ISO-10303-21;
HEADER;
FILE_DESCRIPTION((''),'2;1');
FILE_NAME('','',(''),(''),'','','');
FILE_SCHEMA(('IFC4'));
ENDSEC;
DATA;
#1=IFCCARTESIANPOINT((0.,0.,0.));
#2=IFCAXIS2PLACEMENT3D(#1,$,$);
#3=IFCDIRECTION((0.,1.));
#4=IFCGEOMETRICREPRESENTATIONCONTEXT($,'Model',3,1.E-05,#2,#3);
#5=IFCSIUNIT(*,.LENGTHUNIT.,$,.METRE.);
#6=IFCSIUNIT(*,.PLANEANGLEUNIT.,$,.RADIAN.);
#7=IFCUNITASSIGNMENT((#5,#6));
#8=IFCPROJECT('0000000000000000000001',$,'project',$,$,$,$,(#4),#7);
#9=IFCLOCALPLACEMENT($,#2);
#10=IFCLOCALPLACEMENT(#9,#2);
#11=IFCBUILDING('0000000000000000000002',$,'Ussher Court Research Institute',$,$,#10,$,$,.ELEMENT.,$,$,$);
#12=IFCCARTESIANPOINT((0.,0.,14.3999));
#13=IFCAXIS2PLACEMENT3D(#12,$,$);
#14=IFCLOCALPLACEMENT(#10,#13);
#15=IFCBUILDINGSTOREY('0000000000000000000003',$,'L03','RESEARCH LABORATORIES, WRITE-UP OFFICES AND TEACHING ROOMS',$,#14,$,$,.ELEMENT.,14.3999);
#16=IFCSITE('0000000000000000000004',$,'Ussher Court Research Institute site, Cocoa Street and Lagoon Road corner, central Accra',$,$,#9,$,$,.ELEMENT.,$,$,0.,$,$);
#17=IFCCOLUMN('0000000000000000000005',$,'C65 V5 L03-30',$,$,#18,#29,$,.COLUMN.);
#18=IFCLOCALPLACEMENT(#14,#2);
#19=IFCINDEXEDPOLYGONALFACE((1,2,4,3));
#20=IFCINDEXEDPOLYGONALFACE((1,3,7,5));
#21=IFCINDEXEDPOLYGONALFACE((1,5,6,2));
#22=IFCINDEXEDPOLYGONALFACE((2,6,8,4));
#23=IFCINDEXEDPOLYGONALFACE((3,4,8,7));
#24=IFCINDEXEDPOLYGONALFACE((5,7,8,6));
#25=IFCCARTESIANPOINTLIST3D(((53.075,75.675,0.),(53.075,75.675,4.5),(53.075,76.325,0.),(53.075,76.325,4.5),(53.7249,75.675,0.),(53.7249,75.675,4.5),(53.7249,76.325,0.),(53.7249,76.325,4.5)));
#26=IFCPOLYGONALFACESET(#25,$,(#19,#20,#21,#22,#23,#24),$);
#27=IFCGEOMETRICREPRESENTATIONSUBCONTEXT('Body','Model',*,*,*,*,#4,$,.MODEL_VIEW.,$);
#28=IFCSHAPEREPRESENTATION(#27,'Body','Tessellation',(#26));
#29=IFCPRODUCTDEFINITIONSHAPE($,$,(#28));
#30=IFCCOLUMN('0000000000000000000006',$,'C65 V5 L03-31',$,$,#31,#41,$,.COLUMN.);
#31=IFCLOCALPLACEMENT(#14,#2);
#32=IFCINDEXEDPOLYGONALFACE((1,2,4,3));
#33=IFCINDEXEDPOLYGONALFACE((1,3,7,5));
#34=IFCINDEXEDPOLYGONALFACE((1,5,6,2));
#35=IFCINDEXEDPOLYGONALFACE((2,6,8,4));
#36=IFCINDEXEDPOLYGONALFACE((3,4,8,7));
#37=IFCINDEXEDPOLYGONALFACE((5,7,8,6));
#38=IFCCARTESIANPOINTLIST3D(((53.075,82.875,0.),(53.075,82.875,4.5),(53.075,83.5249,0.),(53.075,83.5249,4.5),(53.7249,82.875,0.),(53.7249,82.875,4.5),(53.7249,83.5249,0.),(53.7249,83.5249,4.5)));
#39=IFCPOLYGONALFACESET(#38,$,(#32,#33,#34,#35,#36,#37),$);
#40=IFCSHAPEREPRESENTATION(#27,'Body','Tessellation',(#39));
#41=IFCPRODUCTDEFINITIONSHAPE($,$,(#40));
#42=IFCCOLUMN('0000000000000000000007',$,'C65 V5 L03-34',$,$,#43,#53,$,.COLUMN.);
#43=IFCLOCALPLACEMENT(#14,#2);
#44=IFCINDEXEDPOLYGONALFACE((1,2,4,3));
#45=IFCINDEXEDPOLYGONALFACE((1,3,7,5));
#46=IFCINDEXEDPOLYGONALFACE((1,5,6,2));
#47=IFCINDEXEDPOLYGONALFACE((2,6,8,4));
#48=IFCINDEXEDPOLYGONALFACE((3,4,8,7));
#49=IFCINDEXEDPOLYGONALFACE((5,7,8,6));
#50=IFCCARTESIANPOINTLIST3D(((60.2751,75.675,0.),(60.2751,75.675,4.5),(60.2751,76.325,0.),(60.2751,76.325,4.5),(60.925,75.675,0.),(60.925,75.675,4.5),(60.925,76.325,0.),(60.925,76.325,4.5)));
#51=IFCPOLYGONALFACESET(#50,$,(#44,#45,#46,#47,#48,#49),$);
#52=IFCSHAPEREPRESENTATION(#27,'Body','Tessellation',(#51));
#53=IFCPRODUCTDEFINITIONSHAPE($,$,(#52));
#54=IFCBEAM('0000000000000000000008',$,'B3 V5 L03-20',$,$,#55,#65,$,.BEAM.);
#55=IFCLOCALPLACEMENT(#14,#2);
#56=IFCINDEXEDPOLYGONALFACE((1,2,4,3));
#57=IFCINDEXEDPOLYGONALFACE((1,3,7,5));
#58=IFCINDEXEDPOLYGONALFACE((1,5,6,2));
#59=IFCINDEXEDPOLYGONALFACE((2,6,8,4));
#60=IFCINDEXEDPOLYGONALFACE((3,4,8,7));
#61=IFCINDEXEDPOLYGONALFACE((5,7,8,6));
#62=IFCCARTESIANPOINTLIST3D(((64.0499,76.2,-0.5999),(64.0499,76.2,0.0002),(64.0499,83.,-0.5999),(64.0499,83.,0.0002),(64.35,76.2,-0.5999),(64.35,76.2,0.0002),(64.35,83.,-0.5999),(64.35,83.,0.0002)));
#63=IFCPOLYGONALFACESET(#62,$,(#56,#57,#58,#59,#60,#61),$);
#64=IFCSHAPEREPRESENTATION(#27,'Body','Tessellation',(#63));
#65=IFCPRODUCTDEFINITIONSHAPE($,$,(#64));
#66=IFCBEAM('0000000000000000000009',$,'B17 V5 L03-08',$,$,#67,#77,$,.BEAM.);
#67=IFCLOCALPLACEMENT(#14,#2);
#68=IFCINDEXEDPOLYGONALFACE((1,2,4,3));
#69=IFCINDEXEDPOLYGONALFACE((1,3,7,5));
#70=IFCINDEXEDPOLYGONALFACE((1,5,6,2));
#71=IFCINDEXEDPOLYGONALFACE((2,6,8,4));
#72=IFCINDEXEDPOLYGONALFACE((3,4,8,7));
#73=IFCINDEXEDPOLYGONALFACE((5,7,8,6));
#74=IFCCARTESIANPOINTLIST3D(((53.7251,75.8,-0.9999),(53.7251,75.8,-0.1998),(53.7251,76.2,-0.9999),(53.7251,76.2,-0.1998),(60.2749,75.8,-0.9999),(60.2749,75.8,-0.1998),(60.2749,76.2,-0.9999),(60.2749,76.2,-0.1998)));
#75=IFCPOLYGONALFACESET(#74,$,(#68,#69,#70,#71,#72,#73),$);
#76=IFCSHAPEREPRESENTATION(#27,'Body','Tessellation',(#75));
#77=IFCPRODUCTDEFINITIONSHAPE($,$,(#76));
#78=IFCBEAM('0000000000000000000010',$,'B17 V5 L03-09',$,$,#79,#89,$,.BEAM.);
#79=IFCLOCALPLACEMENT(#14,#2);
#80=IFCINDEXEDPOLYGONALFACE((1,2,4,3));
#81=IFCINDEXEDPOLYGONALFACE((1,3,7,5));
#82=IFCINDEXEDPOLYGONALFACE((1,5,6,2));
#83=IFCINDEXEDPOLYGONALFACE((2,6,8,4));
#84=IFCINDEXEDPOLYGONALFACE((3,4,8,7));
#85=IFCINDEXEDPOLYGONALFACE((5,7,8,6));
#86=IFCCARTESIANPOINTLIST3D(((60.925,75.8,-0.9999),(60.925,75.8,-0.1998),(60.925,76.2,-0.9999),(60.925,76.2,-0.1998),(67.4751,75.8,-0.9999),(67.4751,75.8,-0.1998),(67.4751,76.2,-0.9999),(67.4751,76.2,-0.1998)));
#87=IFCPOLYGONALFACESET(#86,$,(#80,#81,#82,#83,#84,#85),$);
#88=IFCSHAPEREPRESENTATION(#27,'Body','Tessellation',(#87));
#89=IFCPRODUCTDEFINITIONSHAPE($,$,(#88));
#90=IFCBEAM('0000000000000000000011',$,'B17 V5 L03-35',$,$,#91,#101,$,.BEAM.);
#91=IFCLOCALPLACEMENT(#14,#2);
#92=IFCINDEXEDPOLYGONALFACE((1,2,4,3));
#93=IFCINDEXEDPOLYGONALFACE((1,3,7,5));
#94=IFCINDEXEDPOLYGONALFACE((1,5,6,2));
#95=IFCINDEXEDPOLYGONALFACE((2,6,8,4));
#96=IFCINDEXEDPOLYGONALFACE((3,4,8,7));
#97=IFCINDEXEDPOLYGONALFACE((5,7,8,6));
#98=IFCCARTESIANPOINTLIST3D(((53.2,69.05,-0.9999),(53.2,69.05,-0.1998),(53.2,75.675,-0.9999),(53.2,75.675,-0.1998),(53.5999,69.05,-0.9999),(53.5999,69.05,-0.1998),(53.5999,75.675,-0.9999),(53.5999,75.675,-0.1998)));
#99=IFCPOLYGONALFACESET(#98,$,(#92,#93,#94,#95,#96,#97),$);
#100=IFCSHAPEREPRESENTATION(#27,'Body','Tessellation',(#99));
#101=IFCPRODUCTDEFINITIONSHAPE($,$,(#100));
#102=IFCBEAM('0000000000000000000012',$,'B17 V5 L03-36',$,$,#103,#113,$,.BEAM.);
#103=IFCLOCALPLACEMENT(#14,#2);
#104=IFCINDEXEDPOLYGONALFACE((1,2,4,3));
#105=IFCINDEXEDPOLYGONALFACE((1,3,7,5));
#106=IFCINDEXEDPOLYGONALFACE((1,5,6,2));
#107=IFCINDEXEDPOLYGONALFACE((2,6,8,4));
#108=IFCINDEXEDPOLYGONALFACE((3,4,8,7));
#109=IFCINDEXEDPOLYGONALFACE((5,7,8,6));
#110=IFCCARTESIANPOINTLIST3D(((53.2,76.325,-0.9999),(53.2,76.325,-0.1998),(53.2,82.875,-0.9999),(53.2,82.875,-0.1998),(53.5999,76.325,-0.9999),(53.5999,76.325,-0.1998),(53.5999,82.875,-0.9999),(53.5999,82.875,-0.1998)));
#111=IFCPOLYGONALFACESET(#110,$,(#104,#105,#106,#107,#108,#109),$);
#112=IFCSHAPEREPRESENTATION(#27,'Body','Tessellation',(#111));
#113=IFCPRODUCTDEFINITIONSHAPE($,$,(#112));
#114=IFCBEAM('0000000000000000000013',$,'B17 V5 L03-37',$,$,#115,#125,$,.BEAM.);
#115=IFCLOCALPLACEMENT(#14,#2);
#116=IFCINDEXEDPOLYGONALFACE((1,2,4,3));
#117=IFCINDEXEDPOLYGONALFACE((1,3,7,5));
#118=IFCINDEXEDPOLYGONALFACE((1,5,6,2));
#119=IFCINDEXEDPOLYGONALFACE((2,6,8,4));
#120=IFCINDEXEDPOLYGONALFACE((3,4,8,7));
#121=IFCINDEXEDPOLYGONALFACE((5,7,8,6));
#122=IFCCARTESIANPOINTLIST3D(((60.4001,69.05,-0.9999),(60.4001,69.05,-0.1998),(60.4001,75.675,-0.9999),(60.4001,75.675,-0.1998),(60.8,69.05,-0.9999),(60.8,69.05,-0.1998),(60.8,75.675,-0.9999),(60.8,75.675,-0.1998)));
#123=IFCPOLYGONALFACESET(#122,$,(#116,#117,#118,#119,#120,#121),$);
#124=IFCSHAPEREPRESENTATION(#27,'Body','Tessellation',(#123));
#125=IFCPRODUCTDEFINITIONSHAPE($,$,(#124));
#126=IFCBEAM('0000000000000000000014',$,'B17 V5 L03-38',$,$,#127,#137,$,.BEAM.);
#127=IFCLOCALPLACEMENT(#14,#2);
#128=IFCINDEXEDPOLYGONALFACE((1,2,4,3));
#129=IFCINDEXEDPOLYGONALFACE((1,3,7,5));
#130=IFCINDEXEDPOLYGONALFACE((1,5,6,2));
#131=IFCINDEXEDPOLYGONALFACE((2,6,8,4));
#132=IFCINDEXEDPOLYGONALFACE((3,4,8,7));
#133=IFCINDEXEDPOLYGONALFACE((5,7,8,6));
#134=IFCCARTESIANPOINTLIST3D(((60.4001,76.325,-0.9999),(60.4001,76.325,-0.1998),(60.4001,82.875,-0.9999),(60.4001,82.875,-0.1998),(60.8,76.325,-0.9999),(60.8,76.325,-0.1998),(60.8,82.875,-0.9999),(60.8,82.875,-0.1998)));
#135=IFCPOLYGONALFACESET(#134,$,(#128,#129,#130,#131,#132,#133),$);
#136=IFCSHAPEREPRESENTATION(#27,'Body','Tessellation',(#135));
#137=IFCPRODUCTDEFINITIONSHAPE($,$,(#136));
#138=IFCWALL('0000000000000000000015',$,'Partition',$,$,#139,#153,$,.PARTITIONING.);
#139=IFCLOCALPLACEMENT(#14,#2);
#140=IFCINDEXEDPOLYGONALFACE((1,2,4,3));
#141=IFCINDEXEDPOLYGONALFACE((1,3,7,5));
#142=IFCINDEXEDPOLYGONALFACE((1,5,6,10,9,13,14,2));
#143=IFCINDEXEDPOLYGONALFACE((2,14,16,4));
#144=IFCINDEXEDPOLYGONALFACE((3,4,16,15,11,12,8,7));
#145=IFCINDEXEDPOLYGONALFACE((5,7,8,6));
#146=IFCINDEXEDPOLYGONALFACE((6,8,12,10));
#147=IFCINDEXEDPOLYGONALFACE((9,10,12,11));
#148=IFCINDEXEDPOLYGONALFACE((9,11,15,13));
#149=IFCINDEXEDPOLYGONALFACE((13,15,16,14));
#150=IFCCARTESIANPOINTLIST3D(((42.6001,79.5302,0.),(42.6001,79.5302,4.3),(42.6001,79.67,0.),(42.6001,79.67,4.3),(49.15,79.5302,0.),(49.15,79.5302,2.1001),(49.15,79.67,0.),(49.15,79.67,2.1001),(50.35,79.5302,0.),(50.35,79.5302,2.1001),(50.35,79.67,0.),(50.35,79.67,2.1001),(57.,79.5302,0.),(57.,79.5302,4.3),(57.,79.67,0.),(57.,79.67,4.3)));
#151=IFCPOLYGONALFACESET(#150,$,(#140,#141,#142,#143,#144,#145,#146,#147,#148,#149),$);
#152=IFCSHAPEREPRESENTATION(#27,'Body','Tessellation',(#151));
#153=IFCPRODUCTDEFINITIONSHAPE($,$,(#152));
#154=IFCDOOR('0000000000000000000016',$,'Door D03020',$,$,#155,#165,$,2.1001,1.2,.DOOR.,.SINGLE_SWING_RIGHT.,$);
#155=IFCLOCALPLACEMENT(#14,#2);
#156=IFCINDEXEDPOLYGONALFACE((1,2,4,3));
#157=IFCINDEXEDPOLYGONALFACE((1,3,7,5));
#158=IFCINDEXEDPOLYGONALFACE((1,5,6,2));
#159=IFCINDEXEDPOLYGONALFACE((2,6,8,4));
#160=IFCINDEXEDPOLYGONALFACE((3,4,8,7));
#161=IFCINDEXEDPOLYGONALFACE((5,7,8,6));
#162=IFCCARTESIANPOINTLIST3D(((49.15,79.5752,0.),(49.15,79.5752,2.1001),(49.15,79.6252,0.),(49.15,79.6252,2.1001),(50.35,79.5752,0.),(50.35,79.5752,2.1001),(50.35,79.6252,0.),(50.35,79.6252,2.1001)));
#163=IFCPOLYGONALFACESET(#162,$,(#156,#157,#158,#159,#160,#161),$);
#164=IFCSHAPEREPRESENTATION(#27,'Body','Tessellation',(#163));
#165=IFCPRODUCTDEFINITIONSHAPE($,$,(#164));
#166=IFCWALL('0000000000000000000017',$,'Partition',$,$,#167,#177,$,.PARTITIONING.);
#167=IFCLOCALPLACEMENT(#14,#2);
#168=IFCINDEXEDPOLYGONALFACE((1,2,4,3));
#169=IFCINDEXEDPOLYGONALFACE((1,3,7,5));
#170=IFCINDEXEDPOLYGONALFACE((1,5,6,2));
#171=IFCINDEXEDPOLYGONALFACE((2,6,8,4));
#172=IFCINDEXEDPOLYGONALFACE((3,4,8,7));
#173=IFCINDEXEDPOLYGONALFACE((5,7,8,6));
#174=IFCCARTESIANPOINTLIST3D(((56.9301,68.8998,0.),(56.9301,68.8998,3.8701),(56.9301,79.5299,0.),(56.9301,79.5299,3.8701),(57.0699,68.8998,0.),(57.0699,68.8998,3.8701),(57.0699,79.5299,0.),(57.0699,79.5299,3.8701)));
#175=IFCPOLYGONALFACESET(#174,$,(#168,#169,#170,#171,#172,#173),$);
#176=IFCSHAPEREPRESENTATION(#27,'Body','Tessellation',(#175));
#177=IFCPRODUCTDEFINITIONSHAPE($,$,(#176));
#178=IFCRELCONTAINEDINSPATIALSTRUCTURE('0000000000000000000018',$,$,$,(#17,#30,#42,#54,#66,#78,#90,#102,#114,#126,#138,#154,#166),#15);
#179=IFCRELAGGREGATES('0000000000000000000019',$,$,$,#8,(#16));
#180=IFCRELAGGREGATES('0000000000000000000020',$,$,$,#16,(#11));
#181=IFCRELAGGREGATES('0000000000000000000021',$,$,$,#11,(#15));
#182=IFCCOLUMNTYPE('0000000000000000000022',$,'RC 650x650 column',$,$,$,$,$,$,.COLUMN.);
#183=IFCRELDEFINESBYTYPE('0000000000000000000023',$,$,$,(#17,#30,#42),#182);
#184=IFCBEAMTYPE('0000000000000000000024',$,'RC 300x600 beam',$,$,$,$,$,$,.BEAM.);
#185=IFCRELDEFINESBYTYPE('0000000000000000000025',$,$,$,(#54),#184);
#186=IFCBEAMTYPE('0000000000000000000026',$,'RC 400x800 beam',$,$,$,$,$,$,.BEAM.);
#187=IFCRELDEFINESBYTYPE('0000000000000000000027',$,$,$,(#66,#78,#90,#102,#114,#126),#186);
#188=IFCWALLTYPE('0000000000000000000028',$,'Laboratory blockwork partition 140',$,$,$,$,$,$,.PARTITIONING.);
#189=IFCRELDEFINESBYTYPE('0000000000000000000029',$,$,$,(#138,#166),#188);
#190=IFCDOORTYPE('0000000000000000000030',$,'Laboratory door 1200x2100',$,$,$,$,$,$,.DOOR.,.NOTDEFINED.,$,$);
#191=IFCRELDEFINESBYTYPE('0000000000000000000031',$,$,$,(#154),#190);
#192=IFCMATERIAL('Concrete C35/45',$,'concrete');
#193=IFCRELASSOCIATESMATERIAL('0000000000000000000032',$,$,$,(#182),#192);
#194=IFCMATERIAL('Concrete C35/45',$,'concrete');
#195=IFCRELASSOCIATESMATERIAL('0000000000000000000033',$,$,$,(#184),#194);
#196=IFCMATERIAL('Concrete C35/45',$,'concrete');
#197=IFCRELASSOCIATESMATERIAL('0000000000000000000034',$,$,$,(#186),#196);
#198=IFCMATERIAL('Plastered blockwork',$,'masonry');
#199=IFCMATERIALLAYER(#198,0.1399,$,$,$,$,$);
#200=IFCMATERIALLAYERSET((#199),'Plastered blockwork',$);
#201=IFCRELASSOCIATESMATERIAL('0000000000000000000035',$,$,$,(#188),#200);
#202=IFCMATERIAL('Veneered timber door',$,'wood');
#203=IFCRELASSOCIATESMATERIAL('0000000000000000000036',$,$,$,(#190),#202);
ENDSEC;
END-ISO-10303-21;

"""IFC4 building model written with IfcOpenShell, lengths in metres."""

from ifc_helpers import new_model, si_unit, direction, frame, frame_2d, origin, origin_2d, place, context, subcontext, project, spatial, rectangle, extrude, material, layer, layer_set, material_profile, profile_set, type_object, element, fill, save


model = new_model("IFC4")

# Units and contexts
model_context = context("Model", 3, precision=1e-05, world=origin(), true_north=direction((0.0, 1.0)))
body_context = subcontext(model_context, "Body", "Model", "MODEL_VIEW")
ifc_project = project(units=[si_unit("LENGTHUNIT", "METRE"), si_unit("PLANEANGLEUNIT", "RADIAN")], contexts=[model_context])

# Site, building, storey
site_placement = place(None, origin())
site = spatial("IfcSite", under=ifc_project, at=site_placement, Name="Ussher Court Research Institute site, Cocoa Street and Lagoon Road corner, central Accra", CompositionType="ELEMENT", RefElevation=0.0)
building_placement = place(site_placement, origin())
building = spatial("IfcBuilding", under=site, at=building_placement, Name="Ussher Court Research Institute", CompositionType="ELEMENT")
storey_placement = place(building_placement, frame((0.0, 0.0, 14.3999)))
storey = spatial("IfcBuildingStorey", under=building, at=storey_placement, Name="L03", Description="RESEARCH LABORATORIES, WRITE-UP OFFICES AND TEACHING ROOMS", CompositionType="ELEMENT", Elevation=14.3999)

# Columns
ifc_material_1 = material(Name="Concrete C35/45", Category="concrete")
ifc_material_profile_1 = material_profile(ifc_material_1, rectangle(XDim=0.6499, YDim=0.6499, at=origin_2d()), Name="RC 650x650")
ifc_profile_set_1 = profile_set([ifc_material_profile_1], Name="Concrete C35/45")
column_type = type_object("IfcColumnType", Name="RC 650x650 column", PredefinedType="COLUMN", material=ifc_profile_set_1)
for number, where, z_axis, x_axis, name in (
    (1, (53.3999, 76.0, 0.0), (0.0, 0.0, 1.0), (1.0, 0.0, 0.0), "C65 V5 L03-30"),
    (2, (53.3999, 83.2, 0.0), (0.0, 0.0, 1.0), (1.0, 0.0, 0.0), "C65 V5 L03-31"),
    (3, (60.6001, 76.0, 0.0), (0.0, 0.0, 1.0), (1.0, 0.0, 0.0), "C65 V5 L03-34"),
):
    element("IfcColumn", number, at=place(storey_placement, frame(where, z_axis=z_axis, x_axis=x_axis)), inside=storey, type_object=column_type, Name=name, PredefinedType="COLUMN", context=body_context, shape_type="SweptSolid", body=[
        extrude(rectangle(XDim=0.6499, YDim=0.6499, at=origin_2d()), origin(), (0.0, 0.0, 1.0), 4.5),
    ])

# Beams
ifc_material_2 = material(Name="Concrete C35/45", Category="concrete")
ifc_material_profile_2 = material_profile(ifc_material_2, rectangle(XDim=0.3, YDim=0.6001, at=origin_2d()), Name="RC 300x600")
ifc_profile_set_2 = profile_set([ifc_material_profile_2], Name="Concrete C35/45")
beam_type_1 = type_object("IfcBeamType", Name="RC 300x600 beam", PredefinedType="BEAM", material=ifc_profile_set_2)
beam_1_placement = place(storey_placement, frame((64.2, 76.2, -0.2998), z_axis=(0.0, 1.0, 0.0), x_axis=(-1.0, 0.0, 0.0)))
element("IfcBeam", 4, at=beam_1_placement, inside=storey, type_object=beam_type_1, Name="B3 V5 L03-20", PredefinedType="BEAM", context=body_context, shape_type="SweptSolid", body=[
    extrude(rectangle(XDim=0.3, YDim=0.6001, at=origin_2d()), origin(), (0.0, 0.0, 1.0), 6.8),
])
ifc_material_3 = material(Name="Concrete C35/45", Category="concrete")
ifc_material_profile_3 = material_profile(ifc_material_3, rectangle(XDim=0.3999, YDim=0.8, at=origin_2d()), Name="RC 400x800")
ifc_profile_set_3 = profile_set([ifc_material_profile_3], Name="Concrete C35/45")
beam_type_2 = type_object("IfcBeamType", Name="RC 400x800 beam", PredefinedType="BEAM", material=ifc_profile_set_3)
beam_2_placement = place(storey_placement, frame((53.7251, 76.0, -0.5999), z_axis=(1.0, 0.0, 0.0), x_axis=(0.0, 1.0, 0.0)))
element("IfcBeam", 5, at=beam_2_placement, inside=storey, type_object=beam_type_2, Name="B17 V5 L03-08", PredefinedType="BEAM", context=body_context, shape_type="SweptSolid", body=[
    extrude(rectangle(XDim=0.3999, YDim=0.8, at=origin_2d()), origin(), (0.0, 0.0, 1.0), 6.5498),
])
beam_3_placement = place(storey_placement, frame((60.925, 76.0, -0.5999), z_axis=(1.0, 0.0, 0.0), x_axis=(0.0, 1.0, 0.0)))
element("IfcBeam", 6, at=beam_3_placement, inside=storey, type_object=beam_type_2, Name="B17 V5 L03-09", PredefinedType="BEAM", context=body_context, shape_type="SweptSolid", body=[
    extrude(rectangle(XDim=0.3999, YDim=0.8, at=origin_2d()), origin(), (0.0, 0.0, 1.0), 6.55),
])
beam_4_placement = place(storey_placement, frame((53.3999, 69.05, -0.5999), z_axis=(0.0, 1.0, 0.0), x_axis=(-1.0, 0.0, 0.0)))
element("IfcBeam", 7, at=beam_4_placement, inside=storey, type_object=beam_type_2, Name="B17 V5 L03-35", PredefinedType="BEAM", context=body_context, shape_type="SweptSolid", body=[
    extrude(rectangle(XDim=0.3999, YDim=0.8, at=origin_2d()), origin(), (0.0, 0.0, 1.0), 6.625),
])
beam_5_placement = place(storey_placement, frame((53.3999, 76.325, -0.5999), z_axis=(0.0, 1.0, 0.0), x_axis=(-1.0, 0.0, 0.0)))
element("IfcBeam", 8, at=beam_5_placement, inside=storey, type_object=beam_type_2, Name="B17 V5 L03-36", PredefinedType="BEAM", context=body_context, shape_type="SweptSolid", body=[
    extrude(rectangle(XDim=0.3999, YDim=0.8, at=origin_2d()), origin(), (0.0, 0.0, 1.0), 6.55),
])
beam_6_placement = place(storey_placement, frame((60.6001, 69.05, -0.5999), z_axis=(0.0, 1.0, 0.0), x_axis=(-1.0, 0.0, 0.0)))
element("IfcBeam", 9, at=beam_6_placement, inside=storey, type_object=beam_type_2, Name="B17 V5 L03-37", PredefinedType="BEAM", context=body_context, shape_type="SweptSolid", body=[
    extrude(rectangle(XDim=0.3999, YDim=0.8, at=origin_2d()), origin(), (0.0, 0.0, 1.0), 6.625),
])
beam_7_placement = place(storey_placement, frame((60.6001, 76.325, -0.5999), z_axis=(0.0, 1.0, 0.0), x_axis=(-1.0, 0.0, 0.0)))
element("IfcBeam", 10, at=beam_7_placement, inside=storey, type_object=beam_type_2, Name="B17 V5 L03-38", PredefinedType="BEAM", context=body_context, shape_type="SweptSolid", body=[
    extrude(rectangle(XDim=0.3999, YDim=0.8, at=origin_2d()), origin(), (0.0, 0.0, 1.0), 6.55),
])

# Wall, opening, door
ifc_material_4 = material(Name="Plastered blockwork", Category="masonry")
ifc_layer = layer(ifc_material_4, 0.1399)
ifc_layer_set = layer_set([ifc_layer], Name="Plastered blockwork")
wall_type = type_object("IfcWallType", Name="Laboratory blockwork partition 140", PredefinedType="PARTITIONING", material=ifc_layer_set)
wall_1_placement = place(storey_placement, frame((57.0, 79.6001, 0.0), z_axis=(0.0, 0.0, 1.0), x_axis=(-1.0, 0.0, 0.0)))
wall_1 = element("IfcWall", 11, at=wall_1_placement, inside=storey, type_object=wall_type, Name="Partition", PredefinedType="PARTITIONING", context=body_context, shape_type="SweptSolid", body=[
    extrude(rectangle(XDim=14.3999, YDim=0.1399, at=frame_2d((7.2, 0.0))), origin(), (0.0, 0.0, 1.0), 4.3),
])
opening_placement = place(wall_1_placement, frame((6.6499, 0.0, 0.0)))
opening = element("IfcOpeningElement", 12, at=opening_placement, cuts=wall_1, PredefinedType="OPENING", context=body_context, shape_type="SweptSolid", body=[
    extrude(rectangle(XDim=1.2, YDim=2.1001, at=frame_2d((0.6001, 1.05))), frame((0.0, 0.0801, 0.0), z_axis=(0.0, -1.0, 0.0), x_axis=(1.0, 0.0, 0.0)), (0.0, 0.0, 1.0), 0.1599),
])
ifc_material_5 = material(Name="Veneered timber door", Category="wood")
door_type = type_object("IfcDoorType", Name="Laboratory door 1200x2100", OperationType="NOTDEFINED", PredefinedType="DOOR", material=ifc_material_5)
door_placement = place(opening_placement, origin())
door = element("IfcDoor", 13, at=door_placement, inside=storey, type_object=door_type, Name="Door D03020", OperationType="SINGLE_SWING_RIGHT", OverallHeight=2.1001, OverallWidth=1.2, PredefinedType="DOOR", context=body_context, shape_type="SweptSolid", body=[
    extrude(rectangle(XDim=1.2, YDim=2.1001, at=frame_2d((0.6001, 1.05))), frame((0.0, 0.0249, 0.0), z_axis=(0.0, -1.0, 0.0), x_axis=(1.0, 0.0, 0.0)), (0.0, 0.0, 1.0), 0.05),
])
fill(opening, door)

# Wall
wall_2_placement = place(storey_placement, frame((57.0, 68.8999, 0.0), z_axis=(0.0, 0.0, 1.0), x_axis=(0.0, 1.0, 0.0)))
element("IfcWall", 14, at=wall_2_placement, inside=storey, type_object=wall_type, Name="Partition", PredefinedType="PARTITIONING", context=body_context, shape_type="SweptSolid", body=[
    extrude(rectangle(XDim=10.6301, YDim=0.1399, at=frame_2d((5.3149, 0.0))), origin(), (0.0, 0.0, 1.0), 3.8701),
])

save(model, "model.ifc")
